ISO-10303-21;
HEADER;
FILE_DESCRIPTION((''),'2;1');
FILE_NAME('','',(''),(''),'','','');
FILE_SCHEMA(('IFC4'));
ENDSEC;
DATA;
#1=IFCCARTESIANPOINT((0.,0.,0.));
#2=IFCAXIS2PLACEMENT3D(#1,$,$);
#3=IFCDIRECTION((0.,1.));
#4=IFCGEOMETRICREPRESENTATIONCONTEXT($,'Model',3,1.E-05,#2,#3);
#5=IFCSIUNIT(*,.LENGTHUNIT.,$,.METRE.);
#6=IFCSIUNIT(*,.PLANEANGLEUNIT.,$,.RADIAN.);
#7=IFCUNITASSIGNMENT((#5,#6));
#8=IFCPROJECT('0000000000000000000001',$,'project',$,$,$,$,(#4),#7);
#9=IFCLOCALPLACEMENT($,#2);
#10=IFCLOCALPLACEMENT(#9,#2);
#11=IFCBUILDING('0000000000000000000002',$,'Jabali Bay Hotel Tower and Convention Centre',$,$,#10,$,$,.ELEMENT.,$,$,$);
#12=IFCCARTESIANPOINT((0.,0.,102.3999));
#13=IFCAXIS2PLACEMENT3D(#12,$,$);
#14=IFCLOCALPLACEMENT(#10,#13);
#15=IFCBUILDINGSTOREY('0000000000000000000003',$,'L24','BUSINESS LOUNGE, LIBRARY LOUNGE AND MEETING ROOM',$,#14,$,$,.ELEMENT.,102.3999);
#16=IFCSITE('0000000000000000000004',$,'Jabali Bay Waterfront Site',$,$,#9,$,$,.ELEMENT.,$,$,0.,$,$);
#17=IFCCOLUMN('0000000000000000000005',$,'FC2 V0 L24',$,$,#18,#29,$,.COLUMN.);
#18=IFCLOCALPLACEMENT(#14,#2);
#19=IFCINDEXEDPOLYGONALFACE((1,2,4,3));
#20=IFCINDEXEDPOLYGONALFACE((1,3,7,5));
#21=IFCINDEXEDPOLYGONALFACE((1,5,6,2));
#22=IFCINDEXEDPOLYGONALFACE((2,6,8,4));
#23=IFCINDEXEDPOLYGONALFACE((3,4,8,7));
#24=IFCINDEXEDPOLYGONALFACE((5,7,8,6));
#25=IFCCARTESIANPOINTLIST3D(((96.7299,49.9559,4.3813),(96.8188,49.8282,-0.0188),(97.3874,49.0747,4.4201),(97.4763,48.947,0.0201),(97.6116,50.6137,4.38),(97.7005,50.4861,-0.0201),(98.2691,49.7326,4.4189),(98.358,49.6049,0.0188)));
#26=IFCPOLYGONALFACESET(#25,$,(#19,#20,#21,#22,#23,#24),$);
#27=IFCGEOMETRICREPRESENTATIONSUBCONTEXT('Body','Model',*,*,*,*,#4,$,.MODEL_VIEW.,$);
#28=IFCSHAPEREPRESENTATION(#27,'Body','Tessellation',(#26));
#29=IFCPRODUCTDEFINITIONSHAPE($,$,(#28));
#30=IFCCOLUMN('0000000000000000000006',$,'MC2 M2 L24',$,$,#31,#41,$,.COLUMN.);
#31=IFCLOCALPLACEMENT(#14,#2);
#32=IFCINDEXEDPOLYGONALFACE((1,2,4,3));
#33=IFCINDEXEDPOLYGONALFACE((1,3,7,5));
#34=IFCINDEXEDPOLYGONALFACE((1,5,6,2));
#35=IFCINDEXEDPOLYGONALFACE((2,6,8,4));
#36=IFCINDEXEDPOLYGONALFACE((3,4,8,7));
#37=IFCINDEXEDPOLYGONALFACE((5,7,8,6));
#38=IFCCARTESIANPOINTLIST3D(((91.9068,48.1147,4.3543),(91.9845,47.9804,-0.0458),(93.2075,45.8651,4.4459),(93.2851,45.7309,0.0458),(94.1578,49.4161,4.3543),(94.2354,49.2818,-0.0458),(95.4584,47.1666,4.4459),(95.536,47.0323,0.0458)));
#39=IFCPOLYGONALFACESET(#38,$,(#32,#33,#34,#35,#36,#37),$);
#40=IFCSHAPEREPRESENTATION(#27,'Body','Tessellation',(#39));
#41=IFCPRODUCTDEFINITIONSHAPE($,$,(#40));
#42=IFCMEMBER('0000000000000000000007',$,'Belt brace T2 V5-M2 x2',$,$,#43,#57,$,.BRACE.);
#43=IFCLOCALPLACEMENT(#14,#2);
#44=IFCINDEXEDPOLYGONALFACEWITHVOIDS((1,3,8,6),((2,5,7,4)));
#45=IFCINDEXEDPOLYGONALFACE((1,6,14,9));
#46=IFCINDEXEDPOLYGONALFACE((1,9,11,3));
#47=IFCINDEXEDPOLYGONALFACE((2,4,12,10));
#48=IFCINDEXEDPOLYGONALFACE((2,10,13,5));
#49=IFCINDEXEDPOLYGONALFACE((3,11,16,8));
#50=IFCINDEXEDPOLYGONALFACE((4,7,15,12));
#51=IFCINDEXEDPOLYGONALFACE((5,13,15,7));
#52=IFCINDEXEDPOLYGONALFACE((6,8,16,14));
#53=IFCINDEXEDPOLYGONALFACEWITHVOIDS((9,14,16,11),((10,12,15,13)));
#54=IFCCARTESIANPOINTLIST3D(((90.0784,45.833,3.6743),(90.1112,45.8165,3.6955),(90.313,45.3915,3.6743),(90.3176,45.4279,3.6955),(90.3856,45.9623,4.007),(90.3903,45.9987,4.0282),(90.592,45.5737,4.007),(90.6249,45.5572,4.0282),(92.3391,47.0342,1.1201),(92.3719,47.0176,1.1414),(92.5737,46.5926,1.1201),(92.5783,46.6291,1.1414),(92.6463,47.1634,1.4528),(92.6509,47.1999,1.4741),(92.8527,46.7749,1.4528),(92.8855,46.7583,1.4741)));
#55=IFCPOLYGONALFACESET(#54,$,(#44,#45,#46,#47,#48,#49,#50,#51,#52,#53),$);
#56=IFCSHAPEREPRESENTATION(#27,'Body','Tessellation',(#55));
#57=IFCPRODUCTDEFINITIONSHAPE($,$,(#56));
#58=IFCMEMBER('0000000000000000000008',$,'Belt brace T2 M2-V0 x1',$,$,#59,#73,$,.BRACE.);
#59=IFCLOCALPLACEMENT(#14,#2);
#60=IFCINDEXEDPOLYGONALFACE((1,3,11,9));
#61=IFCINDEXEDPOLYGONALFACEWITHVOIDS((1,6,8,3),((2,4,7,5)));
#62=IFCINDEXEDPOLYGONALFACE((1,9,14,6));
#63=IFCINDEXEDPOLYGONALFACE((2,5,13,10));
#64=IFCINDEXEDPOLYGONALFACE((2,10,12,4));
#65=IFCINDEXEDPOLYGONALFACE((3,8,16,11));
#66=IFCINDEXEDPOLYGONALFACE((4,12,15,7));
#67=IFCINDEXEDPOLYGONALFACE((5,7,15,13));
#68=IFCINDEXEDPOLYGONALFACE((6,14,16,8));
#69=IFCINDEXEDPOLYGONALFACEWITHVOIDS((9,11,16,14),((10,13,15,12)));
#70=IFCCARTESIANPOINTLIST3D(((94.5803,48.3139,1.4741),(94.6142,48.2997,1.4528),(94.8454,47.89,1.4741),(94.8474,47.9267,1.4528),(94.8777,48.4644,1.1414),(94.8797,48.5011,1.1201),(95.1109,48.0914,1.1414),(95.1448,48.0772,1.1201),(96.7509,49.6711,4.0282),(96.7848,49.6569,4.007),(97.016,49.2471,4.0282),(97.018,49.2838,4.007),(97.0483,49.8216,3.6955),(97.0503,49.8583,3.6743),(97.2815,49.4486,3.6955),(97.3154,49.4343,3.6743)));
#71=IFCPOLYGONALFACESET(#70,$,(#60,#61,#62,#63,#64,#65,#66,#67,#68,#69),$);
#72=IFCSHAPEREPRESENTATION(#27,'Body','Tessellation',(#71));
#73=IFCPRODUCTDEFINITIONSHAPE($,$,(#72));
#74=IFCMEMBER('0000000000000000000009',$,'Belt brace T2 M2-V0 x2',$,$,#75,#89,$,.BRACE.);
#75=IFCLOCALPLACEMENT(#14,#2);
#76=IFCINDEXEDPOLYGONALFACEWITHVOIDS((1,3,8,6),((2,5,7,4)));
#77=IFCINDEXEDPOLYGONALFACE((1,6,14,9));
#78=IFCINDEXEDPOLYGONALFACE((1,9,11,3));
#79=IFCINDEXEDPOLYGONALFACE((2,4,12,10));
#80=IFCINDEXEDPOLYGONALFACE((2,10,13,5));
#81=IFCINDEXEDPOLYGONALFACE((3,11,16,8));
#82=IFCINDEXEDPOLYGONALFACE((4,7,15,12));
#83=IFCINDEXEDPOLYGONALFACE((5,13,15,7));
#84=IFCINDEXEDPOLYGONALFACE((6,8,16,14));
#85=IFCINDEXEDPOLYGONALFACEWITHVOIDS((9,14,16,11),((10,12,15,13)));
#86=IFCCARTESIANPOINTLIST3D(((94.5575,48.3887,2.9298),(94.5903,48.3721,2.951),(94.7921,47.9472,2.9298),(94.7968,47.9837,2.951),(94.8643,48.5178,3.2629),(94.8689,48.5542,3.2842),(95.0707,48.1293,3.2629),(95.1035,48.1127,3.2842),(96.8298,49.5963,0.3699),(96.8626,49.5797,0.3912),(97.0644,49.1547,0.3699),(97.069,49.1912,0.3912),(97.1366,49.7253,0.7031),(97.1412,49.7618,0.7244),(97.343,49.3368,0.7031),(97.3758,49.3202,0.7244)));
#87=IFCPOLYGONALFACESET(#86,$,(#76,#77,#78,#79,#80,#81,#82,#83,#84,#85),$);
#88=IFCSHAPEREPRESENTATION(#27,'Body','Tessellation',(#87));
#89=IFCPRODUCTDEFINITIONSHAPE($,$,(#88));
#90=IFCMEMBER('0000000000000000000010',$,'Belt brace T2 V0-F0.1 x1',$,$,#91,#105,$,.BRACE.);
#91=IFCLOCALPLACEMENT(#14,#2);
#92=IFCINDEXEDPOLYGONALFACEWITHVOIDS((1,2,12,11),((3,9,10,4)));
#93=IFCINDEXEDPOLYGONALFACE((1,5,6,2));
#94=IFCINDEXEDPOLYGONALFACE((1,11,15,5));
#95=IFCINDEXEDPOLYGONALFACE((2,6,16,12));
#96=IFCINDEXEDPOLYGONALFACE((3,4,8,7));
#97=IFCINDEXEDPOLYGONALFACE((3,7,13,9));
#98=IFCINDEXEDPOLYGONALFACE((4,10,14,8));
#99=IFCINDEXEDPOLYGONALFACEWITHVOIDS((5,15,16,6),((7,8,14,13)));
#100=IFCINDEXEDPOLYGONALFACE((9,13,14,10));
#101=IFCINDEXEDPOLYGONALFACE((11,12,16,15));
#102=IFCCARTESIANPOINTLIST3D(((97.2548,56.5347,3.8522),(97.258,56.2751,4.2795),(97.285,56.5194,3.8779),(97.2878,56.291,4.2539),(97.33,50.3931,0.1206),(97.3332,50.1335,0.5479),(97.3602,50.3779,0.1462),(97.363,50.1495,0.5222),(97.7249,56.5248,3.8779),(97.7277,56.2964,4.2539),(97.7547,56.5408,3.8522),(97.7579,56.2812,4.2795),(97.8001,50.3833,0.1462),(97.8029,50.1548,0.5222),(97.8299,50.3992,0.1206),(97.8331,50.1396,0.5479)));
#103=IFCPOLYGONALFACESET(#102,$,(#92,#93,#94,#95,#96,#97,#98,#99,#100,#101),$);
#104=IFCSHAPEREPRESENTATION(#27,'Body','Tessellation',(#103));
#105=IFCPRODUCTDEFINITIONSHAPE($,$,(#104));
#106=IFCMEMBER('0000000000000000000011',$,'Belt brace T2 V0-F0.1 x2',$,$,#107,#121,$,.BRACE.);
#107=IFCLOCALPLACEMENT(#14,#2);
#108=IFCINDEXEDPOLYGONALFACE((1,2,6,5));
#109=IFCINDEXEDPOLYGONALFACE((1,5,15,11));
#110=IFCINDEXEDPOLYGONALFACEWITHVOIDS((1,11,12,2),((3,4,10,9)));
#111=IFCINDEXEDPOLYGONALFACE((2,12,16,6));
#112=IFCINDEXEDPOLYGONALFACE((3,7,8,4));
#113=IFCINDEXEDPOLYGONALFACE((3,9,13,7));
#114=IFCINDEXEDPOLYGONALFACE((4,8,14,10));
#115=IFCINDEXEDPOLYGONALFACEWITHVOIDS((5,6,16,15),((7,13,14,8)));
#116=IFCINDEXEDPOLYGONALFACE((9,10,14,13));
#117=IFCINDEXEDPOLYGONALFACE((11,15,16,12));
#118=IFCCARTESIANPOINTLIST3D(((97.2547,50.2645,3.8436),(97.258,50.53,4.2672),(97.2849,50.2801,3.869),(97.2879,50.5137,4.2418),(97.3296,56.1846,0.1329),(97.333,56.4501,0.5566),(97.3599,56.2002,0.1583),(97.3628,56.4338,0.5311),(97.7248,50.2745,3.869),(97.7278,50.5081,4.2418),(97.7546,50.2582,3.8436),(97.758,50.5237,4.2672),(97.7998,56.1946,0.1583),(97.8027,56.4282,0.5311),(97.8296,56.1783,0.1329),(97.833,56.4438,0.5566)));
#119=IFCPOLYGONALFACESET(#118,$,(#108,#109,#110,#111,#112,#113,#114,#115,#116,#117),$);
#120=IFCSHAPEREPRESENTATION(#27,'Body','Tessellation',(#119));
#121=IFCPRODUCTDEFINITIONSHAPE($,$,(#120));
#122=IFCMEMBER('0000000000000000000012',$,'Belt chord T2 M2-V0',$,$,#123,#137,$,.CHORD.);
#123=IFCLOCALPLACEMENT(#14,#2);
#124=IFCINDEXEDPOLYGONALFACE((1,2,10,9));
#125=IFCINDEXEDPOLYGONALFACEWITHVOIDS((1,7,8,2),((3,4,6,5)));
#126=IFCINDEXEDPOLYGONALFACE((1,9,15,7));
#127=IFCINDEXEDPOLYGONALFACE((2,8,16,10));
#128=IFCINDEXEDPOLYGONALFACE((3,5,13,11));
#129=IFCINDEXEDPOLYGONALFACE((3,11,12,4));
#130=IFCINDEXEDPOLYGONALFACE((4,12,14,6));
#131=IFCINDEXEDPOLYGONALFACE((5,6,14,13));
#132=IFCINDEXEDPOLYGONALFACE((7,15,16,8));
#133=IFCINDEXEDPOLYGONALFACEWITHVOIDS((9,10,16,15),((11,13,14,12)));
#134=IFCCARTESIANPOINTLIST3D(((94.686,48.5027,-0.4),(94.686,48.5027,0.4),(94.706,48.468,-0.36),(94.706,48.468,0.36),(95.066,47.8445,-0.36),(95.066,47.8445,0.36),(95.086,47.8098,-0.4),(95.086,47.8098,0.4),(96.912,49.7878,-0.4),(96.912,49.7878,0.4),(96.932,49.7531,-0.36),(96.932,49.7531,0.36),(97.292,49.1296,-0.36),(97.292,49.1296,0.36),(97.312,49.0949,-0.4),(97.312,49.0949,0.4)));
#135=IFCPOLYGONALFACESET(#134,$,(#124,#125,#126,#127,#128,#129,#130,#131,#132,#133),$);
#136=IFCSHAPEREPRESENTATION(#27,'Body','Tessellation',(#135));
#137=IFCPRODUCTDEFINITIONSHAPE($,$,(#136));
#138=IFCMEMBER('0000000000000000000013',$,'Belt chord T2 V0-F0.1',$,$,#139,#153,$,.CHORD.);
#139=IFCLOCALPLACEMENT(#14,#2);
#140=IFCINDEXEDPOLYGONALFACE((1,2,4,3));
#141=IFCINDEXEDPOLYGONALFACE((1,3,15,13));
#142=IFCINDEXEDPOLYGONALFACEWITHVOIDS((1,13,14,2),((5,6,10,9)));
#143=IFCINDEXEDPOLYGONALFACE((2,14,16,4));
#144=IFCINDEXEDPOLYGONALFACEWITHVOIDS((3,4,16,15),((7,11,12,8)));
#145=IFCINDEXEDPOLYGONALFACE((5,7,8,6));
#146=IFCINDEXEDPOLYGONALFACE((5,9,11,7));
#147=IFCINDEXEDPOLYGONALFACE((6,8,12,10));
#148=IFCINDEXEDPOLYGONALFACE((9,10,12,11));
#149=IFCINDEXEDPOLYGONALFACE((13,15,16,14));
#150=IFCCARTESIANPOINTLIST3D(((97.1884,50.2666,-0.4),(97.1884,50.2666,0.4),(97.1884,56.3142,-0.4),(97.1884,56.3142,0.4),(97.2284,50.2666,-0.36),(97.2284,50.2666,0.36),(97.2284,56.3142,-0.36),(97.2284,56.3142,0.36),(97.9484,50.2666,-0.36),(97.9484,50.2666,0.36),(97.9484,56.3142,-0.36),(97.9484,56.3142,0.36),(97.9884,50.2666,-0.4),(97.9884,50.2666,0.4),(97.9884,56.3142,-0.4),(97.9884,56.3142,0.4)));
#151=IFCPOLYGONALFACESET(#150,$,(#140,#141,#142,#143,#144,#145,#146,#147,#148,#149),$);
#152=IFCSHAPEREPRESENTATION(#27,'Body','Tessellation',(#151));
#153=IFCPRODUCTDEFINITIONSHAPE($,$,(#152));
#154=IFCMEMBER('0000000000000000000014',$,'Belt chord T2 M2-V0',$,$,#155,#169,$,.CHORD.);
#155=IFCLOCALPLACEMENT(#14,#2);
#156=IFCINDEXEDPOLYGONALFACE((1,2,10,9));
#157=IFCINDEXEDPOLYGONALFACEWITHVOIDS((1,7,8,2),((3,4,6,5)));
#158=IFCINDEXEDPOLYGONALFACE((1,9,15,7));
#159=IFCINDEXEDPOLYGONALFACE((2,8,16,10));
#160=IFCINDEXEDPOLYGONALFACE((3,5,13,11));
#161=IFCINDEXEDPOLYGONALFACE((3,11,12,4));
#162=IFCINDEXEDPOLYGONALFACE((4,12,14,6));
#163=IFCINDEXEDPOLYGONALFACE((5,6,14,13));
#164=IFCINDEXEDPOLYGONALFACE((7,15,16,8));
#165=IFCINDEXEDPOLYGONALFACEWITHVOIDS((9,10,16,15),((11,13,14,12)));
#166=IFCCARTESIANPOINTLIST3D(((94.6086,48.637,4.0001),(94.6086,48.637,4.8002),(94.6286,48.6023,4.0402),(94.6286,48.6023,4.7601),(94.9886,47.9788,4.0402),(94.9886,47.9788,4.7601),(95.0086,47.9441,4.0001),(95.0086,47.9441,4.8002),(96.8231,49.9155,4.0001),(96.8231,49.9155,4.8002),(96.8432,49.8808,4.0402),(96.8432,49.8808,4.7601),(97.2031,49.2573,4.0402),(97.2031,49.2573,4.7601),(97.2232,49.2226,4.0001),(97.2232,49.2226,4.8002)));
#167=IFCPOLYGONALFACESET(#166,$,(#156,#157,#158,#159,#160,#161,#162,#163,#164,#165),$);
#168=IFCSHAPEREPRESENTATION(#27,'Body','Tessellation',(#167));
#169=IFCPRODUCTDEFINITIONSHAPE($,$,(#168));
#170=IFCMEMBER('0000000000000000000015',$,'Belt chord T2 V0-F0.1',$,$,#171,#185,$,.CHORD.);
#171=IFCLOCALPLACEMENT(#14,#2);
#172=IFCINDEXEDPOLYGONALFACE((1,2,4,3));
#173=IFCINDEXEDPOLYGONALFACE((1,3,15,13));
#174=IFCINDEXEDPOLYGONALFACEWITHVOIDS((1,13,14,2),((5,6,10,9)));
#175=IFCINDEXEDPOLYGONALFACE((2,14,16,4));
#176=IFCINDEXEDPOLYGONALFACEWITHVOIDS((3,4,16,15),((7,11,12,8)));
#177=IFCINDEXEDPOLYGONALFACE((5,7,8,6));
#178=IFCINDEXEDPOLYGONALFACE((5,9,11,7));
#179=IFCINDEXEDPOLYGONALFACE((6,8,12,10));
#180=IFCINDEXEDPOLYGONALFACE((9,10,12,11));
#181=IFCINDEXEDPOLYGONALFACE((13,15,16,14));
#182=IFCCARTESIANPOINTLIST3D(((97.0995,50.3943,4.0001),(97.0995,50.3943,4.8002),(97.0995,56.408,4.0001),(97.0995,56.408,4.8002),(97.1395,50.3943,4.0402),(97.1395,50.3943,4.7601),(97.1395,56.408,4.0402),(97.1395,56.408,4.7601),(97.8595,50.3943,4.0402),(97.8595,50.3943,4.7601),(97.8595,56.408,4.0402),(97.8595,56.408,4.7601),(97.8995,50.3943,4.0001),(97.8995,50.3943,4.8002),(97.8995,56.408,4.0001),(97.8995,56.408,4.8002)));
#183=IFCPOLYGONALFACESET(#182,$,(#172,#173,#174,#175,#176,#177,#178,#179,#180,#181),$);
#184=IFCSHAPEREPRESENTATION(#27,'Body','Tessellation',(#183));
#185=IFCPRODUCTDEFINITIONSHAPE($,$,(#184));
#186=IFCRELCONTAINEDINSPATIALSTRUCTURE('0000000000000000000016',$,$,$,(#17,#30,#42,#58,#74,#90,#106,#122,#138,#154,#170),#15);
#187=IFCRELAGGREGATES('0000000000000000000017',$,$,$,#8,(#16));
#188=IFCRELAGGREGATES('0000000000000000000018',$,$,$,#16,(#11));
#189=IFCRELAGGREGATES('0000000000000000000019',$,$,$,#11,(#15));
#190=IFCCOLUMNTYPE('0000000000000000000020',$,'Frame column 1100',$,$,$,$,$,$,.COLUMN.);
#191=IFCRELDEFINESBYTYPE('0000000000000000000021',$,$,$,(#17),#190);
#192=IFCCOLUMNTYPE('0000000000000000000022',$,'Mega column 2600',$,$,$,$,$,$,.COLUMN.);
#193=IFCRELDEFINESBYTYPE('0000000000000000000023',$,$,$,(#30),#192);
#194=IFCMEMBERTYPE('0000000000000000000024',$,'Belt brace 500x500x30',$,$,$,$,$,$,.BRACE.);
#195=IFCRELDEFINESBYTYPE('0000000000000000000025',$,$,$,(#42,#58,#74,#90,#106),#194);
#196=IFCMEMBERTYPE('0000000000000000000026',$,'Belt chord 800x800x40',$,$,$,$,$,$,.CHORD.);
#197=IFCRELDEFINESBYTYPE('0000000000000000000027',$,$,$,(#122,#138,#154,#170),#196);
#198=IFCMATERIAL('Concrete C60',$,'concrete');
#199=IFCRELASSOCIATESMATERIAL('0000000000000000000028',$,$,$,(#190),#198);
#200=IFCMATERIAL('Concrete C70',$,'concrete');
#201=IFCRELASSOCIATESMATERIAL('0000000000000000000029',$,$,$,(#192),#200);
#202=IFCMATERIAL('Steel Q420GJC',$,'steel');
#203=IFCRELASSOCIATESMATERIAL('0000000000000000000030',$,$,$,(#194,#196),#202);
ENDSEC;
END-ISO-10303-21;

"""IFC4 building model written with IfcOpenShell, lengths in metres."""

from ifc_helpers import new_model, si_unit, direction, frame, origin, origin_2d, place, context, subcontext, project, spatial, rectangle, hollow_rectangle, extrude, material, material_profile, profile_set, type_object, element, save


model = new_model("IFC4")

# Units and contexts
model_context = context("Model", 3, precision=1e-05, world=origin(), true_north=direction((0.0, 1.0)))
body_context = subcontext(model_context, "Body", "Model", "MODEL_VIEW")
ifc_project = project(units=[si_unit("LENGTHUNIT", "METRE"), si_unit("PLANEANGLEUNIT", "RADIAN")], contexts=[model_context])

# Site, building, storey
site_placement = place(None, origin())
site = spatial("IfcSite", under=ifc_project, at=site_placement, Name="Jabali Bay Waterfront Site", CompositionType="ELEMENT", RefElevation=0.0)
building_placement = place(site_placement, origin())
building = spatial("IfcBuilding", under=site, at=building_placement, Name="Jabali Bay Hotel Tower and Convention Centre", CompositionType="ELEMENT")
storey_placement = place(building_placement, frame((0.0, 0.0, 102.3999)))
storey = spatial("IfcBuildingStorey", under=building, at=storey_placement, Name="L24", Description="BUSINESS LOUNGE, LIBRARY LOUNGE AND MEETING ROOM", CompositionType="ELEMENT", Elevation=102.3999)

# Columns
ifc_material_1 = material(Name="Concrete C60", Category="concrete")
ifc_material_profile_1 = material_profile(ifc_material_1, rectangle(XDim=1.1001, YDim=1.1001, at=origin_2d()), Name="Frame column 1100")
ifc_profile_set_1 = profile_set([ifc_material_profile_1], Name="Concrete C60")
column_type_1 = type_object("IfcColumnType", Name="Frame column 1100", PredefinedType="COLUMN", material=ifc_profile_set_1)
column_1_placement = place(storey_placement, frame((97.5884, 49.7166, 0.0), z_axis=(-0.020184, 0.029, 0.999376), x_axis=(-0.801472, -0.598031, 0.001167)))
element("IfcColumn", 1, at=column_1_placement, inside=storey, type_object=column_type_1, Name="FC2 V0 L24", PredefinedType="COLUMN", context=body_context, shape_type="SweptSolid", body=[
    extrude(rectangle(XDim=1.1001, YDim=1.1001, at=origin_2d()), origin(), (0.0, 0.0, 1.0), 4.4028),
])
ifc_material_2 = material(Name="Concrete C70", Category="concrete")
ifc_material_profile_2 = material_profile(ifc_material_2, rectangle(XDim=2.6001, YDim=2.6001, at=origin_2d()), Name="Mega column 2600")
ifc_profile_set_2 = profile_set([ifc_material_profile_2], Name="Concrete C70")
column_type_2 = type_object("IfcColumnType", Name="Mega column 2600", PredefinedType="COLUMN", material=ifc_profile_set_2)
column_2_placement = place(storey_placement, frame((93.7603, 47.5063, 0.0), z_axis=(-0.017633, 0.030498, 0.999379), x_axis=(0.500229, -0.865176, 0.035228)))
element("IfcColumn", 2, at=column_2_placement, inside=storey, type_object=column_type_2, Name="MC2 M2 L24", PredefinedType="COLUMN", context=body_context, shape_type="SweptSolid", body=[
    extrude(rectangle(XDim=2.6001, YDim=2.6001, at=origin_2d()), origin(), (0.0, 0.0, 1.0), 4.4028),
])

# Members
ifc_material_3 = material(Name="Steel Q420GJC", Category="steel")
ifc_material_profile_3 = material_profile(ifc_material_3, hollow_rectangle(XDim=0.5, YDim=0.5, WallThickness=0.03, at=origin_2d()), Name="Belt brace 500x500x30")
ifc_profile_set_3 = profile_set([ifc_material_profile_3], Name="Steel Q420GJC")
member_type_1 = type_object("IfcMemberType", Name="Belt brace 500x500x30", PredefinedType="BRACE", material=ifc_profile_set_3)
for number, where, z_axis, x_axis, name in (
    (3, (92.6123, 46.8962, 1.2971), (-0.625152, -0.332154, 0.7063), (0.469202, -0.883091, 0.0), "Belt brace T2 V5-M2 x2"),
    (4, (94.8625, 48.1956, 1.2971), (0.600242, 0.375295, 0.706302), (-0.530145, 0.847907, 0.0), "Belt brace T2 M2-V0 x1"),
):
    element("IfcMember", number, at=place(storey_placement, frame(where, z_axis=z_axis, x_axis=x_axis)), inside=storey, type_object=member_type_1, Name=name, PredefinedType="BRACE", context=body_context, shape_type="SweptSolid", body=[
        extrude(hollow_rectangle(XDim=0.5, YDim=0.5, WallThickness=0.03, at=origin_2d()), origin(), (0.0, 0.0, 1.0), 3.6162),
    ])
member_1_placement = place(storey_placement, frame((97.1028, 49.4583, 0.5471), z_axis=(-0.626031, -0.33269, 0.705268), x_axis=(0.469278, -0.883051, 0.0)))
element("IfcMember", 5, at=member_1_placement, inside=storey, type_object=member_type_1, Name="Belt brace T2 M2-V0 x2", PredefinedType="BRACE", context=body_context, shape_type="SweptSolid", body=[
    extrude(hollow_rectangle(XDim=0.5, YDim=0.5, WallThickness=0.03, at=origin_2d()), origin(), (0.0, 0.0, 1.0), 3.6296),
])
member_2_placement = place(storey_placement, frame((97.5815, 50.2664, 0.3342), z_axis=(-0.010463, 0.854564, 0.51924), x_axis=(-0.999925, -0.012243, 0.0)))
element("IfcMember", 6, at=member_2_placement, inside=storey, type_object=member_type_1, Name="Belt brace T2 V0-F0.1 x1", PredefinedType="BRACE", context=body_context, shape_type="SweptSolid", body=[
    extrude(hollow_rectangle(XDim=0.5, YDim=0.5, WallThickness=0.03, at=origin_2d()), origin(), (0.0, 0.0, 1.0), 7.1868),
])
member_3_placement = place(storey_placement, frame((97.5813, 56.3142, 0.3447), z_axis=(-0.010727, -0.847268, 0.531058), x_axis=(0.99992, -0.012659, 0.0)))
element("IfcMember", 7, at=member_3_placement, inside=storey, type_object=member_type_1, Name="Belt brace T2 V0-F0.1 x2", PredefinedType="BRACE", context=body_context, shape_type="SweptSolid", body=[
    extrude(hollow_rectangle(XDim=0.5, YDim=0.5, WallThickness=0.03, at=origin_2d()), origin(), (0.0, 0.0, 1.0), 6.9873),
])
ifc_material_profile_4 = material_profile(ifc_material_3, hollow_rectangle(XDim=0.8, YDim=0.8, WallThickness=0.04, at=origin_2d()), Name="Belt chord 800x800x40")
ifc_profile_set_4 = profile_set([ifc_material_profile_4], Name="Steel Q420GJC")
member_type_2 = type_object("IfcMemberType", Name="Belt chord 800x800x40", PredefinedType="CHORD", material=ifc_profile_set_4)
member_4_placement = place(storey_placement, frame((94.886, 48.1562, 0.0), z_axis=(0.866037, 0.49998, 0.0), x_axis=(-0.49998, 0.866037, 0.0)))
element("IfcMember", 8, at=member_4_placement, inside=storey, type_object=member_type_2, Name="Belt chord T2 M2-V0", PredefinedType="CHORD", context=body_context, shape_type="SweptSolid", body=[
    extrude(hollow_rectangle(XDim=0.8, YDim=0.8, WallThickness=0.04, at=origin_2d()), origin(), (0.0, 0.0, 1.0), 2.5703),
])
member_5_placement = place(storey_placement, frame((97.5884, 50.2666, 0.0), z_axis=(0.0, 1.0, 0.0), x_axis=(-1.0, 0.0, 0.0)))
element("IfcMember", 9, at=member_5_placement, inside=storey, type_object=member_type_2, Name="Belt chord T2 V0-F0.1", PredefinedType="CHORD", context=body_context, shape_type="SweptSolid", body=[
    extrude(hollow_rectangle(XDim=0.8, YDim=0.8, WallThickness=0.04, at=origin_2d()), origin(), (0.0, 0.0, 1.0), 6.0476),
])
member_6_placement = place(storey_placement, frame((94.8086, 48.2905, 4.4001), z_axis=(0.866031, 0.49999, 0.0), x_axis=(-0.49999, 0.866031, 0.0)))
element("IfcMember", 10, at=member_6_placement, inside=storey, type_object=member_type_2, Name="Belt chord T2 M2-V0", PredefinedType="CHORD", context=body_context, shape_type="SweptSolid", body=[
    extrude(hollow_rectangle(XDim=0.8, YDim=0.8, WallThickness=0.04, at=origin_2d()), origin(), (0.0, 0.0, 1.0), 2.5571),
])
member_7_placement = place(storey_placement, frame((97.4995, 50.3943, 4.4001), z_axis=(0.0, 1.0, 0.0), x_axis=(-1.0, 0.0, 0.0)))
element("IfcMember", 11, at=member_7_placement, inside=storey, type_object=member_type_2, Name="Belt chord T2 V0-F0.1", PredefinedType="CHORD", context=body_context, shape_type="SweptSolid", body=[
    extrude(hollow_rectangle(XDim=0.8, YDim=0.8, WallThickness=0.04, at=origin_2d()), origin(), (0.0, 0.0, 1.0), 6.0137),
])

save(model, "model.ifc")
